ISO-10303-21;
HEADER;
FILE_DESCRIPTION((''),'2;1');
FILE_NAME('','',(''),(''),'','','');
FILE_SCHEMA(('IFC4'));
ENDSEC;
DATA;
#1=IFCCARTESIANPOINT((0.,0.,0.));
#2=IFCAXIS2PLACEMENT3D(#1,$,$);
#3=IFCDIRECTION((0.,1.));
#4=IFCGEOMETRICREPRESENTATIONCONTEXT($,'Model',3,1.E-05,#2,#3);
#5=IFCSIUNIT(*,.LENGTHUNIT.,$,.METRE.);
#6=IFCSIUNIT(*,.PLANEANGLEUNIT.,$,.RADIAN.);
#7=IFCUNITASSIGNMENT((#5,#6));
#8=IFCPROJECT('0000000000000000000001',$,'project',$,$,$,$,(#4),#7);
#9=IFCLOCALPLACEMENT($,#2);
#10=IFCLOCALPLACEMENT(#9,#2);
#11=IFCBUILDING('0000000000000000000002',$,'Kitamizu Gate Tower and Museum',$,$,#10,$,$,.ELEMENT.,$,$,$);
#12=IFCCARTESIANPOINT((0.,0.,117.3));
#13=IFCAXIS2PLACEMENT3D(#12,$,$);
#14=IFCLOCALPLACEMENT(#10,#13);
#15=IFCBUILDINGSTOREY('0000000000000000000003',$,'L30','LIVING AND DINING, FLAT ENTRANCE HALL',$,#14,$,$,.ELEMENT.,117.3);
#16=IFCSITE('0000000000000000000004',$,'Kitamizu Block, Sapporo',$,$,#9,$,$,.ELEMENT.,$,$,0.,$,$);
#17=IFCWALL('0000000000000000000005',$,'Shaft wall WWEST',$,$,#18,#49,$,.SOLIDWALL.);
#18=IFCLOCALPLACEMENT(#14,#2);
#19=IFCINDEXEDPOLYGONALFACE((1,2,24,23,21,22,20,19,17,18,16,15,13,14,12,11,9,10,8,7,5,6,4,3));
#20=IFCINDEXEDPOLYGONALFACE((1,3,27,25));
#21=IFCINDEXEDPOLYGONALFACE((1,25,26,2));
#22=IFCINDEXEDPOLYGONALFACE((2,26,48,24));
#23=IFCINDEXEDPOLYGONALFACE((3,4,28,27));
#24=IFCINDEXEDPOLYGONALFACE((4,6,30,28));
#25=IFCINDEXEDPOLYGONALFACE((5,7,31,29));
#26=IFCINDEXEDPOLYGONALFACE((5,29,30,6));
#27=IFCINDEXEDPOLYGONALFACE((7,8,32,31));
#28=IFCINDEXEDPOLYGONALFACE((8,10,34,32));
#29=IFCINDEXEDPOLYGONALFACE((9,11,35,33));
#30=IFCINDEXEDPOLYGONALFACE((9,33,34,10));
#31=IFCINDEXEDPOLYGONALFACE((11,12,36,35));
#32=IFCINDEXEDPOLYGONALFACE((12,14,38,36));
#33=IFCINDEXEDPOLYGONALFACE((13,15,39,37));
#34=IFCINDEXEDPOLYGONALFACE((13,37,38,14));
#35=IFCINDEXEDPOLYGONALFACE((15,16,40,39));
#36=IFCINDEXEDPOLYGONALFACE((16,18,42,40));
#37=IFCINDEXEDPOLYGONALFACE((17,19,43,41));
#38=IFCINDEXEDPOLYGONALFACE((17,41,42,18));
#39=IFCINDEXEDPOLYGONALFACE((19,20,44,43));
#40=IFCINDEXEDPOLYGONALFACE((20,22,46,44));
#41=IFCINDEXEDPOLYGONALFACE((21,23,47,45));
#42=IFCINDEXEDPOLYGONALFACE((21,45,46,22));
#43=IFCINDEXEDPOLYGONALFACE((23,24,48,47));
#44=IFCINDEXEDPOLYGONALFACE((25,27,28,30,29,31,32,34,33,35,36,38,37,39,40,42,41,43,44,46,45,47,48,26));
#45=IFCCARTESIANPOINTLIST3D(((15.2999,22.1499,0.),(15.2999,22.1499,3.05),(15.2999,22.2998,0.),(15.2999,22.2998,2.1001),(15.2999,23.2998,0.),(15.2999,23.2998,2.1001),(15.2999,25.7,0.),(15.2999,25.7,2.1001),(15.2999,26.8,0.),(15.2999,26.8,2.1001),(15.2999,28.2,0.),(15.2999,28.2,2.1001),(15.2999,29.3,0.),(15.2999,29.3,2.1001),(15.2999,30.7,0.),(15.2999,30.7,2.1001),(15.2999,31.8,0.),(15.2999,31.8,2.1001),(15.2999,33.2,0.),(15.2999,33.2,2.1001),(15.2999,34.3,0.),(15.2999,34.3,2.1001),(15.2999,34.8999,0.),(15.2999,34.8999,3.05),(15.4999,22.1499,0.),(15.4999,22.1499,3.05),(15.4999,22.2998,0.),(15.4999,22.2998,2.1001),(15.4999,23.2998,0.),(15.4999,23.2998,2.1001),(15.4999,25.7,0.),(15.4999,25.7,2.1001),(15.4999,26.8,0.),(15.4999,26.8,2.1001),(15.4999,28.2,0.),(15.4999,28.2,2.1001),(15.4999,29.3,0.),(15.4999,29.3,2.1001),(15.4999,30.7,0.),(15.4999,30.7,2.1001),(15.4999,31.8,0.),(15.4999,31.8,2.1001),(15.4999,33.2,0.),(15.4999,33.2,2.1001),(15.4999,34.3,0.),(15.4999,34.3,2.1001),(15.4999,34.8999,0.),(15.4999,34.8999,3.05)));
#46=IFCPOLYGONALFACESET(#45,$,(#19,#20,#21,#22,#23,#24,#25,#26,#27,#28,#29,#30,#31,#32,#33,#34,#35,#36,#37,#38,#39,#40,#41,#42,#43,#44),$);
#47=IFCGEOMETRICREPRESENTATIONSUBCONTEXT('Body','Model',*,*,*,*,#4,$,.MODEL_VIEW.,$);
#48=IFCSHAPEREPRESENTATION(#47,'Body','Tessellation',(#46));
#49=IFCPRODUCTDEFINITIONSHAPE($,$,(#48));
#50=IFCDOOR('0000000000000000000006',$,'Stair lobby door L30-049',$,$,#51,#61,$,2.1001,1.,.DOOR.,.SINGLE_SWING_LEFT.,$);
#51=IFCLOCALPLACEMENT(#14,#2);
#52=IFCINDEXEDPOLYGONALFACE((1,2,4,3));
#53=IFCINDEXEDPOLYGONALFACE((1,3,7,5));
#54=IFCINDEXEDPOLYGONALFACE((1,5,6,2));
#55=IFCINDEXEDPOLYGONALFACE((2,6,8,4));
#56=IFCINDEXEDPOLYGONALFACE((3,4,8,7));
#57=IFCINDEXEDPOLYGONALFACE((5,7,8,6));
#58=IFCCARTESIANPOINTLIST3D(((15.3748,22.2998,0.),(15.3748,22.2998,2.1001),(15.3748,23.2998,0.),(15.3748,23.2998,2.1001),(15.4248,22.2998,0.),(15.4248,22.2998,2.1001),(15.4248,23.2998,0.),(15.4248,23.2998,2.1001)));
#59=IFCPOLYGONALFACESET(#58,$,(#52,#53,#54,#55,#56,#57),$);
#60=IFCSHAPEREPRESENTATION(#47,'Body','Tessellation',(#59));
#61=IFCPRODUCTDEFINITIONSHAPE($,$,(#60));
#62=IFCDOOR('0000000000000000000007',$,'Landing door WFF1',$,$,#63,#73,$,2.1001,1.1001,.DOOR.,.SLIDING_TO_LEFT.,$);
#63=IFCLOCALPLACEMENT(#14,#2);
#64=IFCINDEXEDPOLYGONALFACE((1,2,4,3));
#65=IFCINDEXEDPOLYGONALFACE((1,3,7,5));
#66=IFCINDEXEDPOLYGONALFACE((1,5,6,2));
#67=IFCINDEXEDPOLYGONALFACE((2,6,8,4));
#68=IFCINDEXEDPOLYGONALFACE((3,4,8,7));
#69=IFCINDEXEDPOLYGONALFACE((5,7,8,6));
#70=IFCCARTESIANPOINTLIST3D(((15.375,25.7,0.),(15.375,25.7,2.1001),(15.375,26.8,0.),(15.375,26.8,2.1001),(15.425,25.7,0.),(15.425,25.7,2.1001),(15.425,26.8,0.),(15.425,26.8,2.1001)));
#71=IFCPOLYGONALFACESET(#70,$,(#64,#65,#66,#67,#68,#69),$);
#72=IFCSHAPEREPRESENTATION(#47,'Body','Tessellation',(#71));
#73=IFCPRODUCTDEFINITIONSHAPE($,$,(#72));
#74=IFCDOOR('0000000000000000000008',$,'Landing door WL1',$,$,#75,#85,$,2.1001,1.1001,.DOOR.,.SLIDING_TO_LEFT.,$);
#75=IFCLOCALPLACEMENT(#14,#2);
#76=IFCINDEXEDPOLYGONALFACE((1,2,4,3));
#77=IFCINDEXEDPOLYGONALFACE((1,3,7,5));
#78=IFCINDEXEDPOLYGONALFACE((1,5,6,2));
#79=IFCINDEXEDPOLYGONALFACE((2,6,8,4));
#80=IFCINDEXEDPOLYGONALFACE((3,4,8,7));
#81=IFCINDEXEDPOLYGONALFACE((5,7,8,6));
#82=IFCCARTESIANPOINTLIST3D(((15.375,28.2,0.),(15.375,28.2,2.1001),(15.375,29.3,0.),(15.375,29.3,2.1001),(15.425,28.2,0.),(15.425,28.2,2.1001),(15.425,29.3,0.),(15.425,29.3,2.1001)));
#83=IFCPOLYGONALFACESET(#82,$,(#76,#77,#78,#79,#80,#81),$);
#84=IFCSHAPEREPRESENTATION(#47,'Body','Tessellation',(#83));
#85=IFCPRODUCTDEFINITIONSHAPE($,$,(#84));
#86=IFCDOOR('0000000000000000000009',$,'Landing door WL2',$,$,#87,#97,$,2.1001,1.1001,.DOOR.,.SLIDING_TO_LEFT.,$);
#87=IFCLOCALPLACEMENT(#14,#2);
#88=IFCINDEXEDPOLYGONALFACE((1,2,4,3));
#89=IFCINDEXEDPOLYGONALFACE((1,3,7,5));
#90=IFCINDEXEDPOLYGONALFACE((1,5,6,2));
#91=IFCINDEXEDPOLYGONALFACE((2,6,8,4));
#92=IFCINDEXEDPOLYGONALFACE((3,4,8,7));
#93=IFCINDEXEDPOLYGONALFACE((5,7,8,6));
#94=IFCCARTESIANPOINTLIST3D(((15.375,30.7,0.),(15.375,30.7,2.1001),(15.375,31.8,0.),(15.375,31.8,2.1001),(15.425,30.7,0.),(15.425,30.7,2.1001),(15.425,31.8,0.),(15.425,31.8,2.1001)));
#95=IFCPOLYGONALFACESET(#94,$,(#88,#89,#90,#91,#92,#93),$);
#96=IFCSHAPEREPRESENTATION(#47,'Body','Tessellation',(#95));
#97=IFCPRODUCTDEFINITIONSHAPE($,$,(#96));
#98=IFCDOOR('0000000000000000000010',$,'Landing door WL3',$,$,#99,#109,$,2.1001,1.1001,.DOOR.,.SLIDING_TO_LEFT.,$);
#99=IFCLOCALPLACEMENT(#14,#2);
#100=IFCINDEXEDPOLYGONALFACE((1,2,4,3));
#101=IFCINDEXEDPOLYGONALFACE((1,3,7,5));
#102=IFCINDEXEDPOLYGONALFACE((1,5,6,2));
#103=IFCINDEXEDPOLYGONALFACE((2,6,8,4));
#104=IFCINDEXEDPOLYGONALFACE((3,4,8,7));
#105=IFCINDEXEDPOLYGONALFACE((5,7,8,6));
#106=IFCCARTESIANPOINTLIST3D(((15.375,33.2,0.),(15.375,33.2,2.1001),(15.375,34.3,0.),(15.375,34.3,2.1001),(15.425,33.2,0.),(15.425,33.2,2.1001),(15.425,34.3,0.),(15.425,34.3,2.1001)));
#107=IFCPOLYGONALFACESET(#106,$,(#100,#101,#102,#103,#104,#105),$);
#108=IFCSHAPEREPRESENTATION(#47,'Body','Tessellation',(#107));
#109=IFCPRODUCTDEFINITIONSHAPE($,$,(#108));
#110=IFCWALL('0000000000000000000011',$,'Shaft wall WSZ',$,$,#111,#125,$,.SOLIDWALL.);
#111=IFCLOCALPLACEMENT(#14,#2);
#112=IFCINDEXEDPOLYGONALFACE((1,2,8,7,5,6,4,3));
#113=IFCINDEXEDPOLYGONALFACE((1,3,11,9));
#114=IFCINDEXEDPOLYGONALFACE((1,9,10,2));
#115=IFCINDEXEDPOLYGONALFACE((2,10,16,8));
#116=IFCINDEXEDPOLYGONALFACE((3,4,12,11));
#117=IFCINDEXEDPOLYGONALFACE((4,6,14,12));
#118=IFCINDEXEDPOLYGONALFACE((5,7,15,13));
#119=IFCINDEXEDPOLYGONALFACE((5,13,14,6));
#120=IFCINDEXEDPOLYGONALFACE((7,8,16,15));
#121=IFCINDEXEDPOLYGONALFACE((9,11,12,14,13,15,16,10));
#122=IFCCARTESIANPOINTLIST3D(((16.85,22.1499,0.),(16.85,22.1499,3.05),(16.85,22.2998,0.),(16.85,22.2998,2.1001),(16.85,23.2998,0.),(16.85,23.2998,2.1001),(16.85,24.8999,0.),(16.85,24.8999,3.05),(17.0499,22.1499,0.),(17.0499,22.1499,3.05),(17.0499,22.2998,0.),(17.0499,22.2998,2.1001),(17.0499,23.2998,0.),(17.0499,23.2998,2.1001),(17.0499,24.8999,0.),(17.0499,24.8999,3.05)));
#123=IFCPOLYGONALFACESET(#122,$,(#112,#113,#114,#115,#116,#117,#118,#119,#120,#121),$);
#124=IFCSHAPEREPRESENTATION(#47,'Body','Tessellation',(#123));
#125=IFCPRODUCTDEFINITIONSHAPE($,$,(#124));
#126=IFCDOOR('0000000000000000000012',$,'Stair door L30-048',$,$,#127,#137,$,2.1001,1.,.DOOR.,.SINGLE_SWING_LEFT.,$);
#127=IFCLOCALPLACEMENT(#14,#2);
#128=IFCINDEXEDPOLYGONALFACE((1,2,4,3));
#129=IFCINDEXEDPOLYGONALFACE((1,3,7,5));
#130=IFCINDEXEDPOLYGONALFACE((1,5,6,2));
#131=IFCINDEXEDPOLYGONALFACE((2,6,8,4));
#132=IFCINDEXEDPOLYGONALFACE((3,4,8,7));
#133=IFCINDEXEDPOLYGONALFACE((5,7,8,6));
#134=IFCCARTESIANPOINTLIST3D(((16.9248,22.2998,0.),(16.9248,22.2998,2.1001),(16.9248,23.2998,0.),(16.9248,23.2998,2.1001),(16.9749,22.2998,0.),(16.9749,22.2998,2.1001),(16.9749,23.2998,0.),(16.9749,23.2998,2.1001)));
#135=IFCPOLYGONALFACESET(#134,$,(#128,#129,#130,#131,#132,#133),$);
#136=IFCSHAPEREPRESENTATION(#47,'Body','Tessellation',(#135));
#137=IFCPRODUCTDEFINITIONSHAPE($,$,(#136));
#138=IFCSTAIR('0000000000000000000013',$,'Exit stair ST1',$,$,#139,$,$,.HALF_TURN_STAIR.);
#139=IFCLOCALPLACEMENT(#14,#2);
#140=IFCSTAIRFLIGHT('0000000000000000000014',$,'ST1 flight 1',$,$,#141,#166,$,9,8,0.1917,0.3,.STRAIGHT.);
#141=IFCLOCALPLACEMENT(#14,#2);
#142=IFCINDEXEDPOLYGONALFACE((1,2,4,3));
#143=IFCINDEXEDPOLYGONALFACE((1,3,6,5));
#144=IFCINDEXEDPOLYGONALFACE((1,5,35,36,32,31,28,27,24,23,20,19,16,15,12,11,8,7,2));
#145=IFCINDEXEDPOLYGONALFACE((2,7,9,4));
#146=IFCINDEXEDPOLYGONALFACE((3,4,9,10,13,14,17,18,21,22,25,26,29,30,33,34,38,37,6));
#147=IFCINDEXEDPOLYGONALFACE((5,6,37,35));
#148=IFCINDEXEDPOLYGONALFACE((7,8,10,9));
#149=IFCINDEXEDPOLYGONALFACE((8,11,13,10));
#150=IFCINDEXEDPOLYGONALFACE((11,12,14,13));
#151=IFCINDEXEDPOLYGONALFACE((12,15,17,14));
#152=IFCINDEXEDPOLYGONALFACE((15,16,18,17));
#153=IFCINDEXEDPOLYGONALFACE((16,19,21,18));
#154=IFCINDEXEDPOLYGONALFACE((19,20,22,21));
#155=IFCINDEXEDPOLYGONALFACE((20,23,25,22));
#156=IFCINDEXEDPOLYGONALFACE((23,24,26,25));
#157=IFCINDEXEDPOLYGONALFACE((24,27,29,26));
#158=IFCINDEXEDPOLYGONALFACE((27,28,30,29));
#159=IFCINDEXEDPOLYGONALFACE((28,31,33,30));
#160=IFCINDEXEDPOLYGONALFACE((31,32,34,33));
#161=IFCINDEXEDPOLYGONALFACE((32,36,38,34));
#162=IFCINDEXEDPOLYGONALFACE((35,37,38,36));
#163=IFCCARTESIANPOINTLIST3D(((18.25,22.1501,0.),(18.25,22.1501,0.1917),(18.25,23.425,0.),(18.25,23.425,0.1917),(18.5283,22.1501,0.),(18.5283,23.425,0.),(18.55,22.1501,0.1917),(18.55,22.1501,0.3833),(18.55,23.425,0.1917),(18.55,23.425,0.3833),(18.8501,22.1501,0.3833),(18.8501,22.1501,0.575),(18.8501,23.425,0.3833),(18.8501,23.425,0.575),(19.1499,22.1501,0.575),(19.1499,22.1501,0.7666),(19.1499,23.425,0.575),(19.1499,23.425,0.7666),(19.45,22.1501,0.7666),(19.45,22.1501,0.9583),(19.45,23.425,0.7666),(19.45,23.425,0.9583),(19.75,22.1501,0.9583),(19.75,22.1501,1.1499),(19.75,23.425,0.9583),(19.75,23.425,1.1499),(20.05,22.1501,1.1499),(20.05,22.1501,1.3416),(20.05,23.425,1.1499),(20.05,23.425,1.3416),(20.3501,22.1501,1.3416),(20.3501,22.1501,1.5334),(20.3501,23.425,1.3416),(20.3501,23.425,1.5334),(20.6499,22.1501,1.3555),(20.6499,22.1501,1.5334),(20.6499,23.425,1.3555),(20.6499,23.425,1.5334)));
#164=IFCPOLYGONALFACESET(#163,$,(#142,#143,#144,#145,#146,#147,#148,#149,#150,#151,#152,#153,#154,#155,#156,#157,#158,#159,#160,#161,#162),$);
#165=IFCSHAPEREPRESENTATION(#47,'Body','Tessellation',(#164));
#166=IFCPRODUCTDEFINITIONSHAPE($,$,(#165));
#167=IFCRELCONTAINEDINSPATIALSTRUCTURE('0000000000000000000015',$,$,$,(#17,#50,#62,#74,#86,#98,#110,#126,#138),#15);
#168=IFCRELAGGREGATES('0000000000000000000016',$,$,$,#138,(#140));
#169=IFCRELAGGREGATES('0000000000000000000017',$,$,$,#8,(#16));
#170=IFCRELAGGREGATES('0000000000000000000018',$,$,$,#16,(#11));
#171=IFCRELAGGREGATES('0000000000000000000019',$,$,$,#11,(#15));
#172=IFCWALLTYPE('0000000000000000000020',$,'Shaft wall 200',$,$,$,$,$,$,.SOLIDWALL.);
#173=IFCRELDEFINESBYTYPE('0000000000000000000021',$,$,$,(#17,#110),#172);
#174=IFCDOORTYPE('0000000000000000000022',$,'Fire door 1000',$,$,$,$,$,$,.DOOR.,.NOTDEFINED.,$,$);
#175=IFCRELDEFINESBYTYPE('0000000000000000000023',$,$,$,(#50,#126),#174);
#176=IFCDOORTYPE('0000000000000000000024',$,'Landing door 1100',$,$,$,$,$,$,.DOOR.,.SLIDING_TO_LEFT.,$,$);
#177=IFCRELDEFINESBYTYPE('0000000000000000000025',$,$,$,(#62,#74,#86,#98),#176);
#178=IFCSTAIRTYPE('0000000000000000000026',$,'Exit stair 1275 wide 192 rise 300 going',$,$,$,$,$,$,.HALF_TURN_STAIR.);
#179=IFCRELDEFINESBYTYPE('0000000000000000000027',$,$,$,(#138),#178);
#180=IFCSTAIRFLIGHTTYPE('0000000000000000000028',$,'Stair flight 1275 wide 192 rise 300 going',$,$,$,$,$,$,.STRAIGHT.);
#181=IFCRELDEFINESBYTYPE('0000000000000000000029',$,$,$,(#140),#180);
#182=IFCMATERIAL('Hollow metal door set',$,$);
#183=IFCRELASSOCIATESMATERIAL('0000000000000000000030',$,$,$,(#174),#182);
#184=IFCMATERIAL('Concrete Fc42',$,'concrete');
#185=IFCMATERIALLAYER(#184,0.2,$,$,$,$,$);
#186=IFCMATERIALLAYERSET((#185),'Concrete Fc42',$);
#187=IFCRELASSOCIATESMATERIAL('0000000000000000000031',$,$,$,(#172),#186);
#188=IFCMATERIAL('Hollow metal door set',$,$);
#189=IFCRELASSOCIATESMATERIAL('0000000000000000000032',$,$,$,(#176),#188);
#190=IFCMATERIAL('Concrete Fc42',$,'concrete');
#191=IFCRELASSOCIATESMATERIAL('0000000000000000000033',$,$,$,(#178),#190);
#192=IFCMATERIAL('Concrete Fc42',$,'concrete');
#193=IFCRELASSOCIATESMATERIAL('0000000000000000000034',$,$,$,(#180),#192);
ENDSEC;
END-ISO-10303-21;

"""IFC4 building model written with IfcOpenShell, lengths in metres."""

from ifc_helpers import new_model, si_unit, direction, frame, frame_2d, origin, place, context, subcontext, project, spatial, polyline, rectangle, outline, extrude, material, layer, layer_set, type_object, element, fill, aggregate, save


model = new_model("IFC4")

# Units and contexts
model_context = context("Model", 3, precision=1e-05, world=origin(), true_north=direction((0.0, 1.0)))
body_context = subcontext(model_context, "Body", "Model", "MODEL_VIEW")
ifc_project = project(units=[si_unit("LENGTHUNIT", "METRE"), si_unit("PLANEANGLEUNIT", "RADIAN")], contexts=[model_context])

# Site, building, storey
site_placement = place(None, origin())
site = spatial("IfcSite", under=ifc_project, at=site_placement, Name="Kitamizu Block, Sapporo", CompositionType="ELEMENT", RefElevation=0.0)
building_placement = place(site_placement, origin())
building = spatial("IfcBuilding", under=site, at=building_placement, Name="Kitamizu Gate Tower and Museum", CompositionType="ELEMENT")
storey_placement = place(building_placement, frame((0.0, 0.0, 117.3)))
storey = spatial("IfcBuildingStorey", under=building, at=storey_placement, Name="L30", Description="LIVING AND DINING, FLAT ENTRANCE HALL", CompositionType="ELEMENT", Elevation=117.3)

# Shared definitions
ifc_material_1 = material(Name="Hollow metal door set")
door_type_1 = type_object("IfcDoorType", Name="Fire door 1000", OperationType="NOTDEFINED", PredefinedType="DOOR", material=ifc_material_1)

# Wall, openings, doors
ifc_material_2 = material(Name="Concrete Fc42", Category="concrete")
ifc_layer_1 = layer(ifc_material_2, 0.2)
ifc_layer_set_1 = layer_set([ifc_layer_1], Name="Concrete Fc42")
wall_type_1 = type_object("IfcWallType", Name="Shaft wall 200", PredefinedType="SOLIDWALL", material=ifc_layer_set_1)
wall_1_placement = place(storey_placement, frame((15.3999, 22.1499, 0.0), z_axis=(0.0, 0.0, 1.0), x_axis=(0.0, 1.0, 0.0)))
wall_1 = element("IfcWall", 1, at=wall_1_placement, inside=storey, type_object=wall_type_1, Name="Shaft wall WWEST", PredefinedType="SOLIDWALL", context=body_context, shape_type="SweptSolid", body=[
    extrude(rectangle(XDim=12.75, YDim=0.2, at=frame_2d((6.375, 0.0))), origin(), (0.0, 0.0, 1.0), 3.05),
])
opening_1_placement = place(wall_1_placement, frame((3.55, 0.0, 0.0)))
opening_1 = element("IfcOpeningElement", 2, at=opening_1_placement, cuts=wall_1, PredefinedType="OPENING", context=body_context, shape_type="SweptSolid", body=[
    extrude(rectangle(XDim=1.1001, YDim=2.1001, at=frame_2d((0.55, 1.05))), frame((0.0, 0.1099, 0.0), z_axis=(0.0, -1.0, 0.0), x_axis=(1.0, 0.0, 0.0)), (0.0, 0.0, 1.0), 0.22),
])
opening_2_placement = place(wall_1_placement, frame((6.05, 0.0, 0.0)))
opening_2 = element("IfcOpeningElement", 3, at=opening_2_placement, cuts=wall_1, PredefinedType="OPENING", context=body_context, shape_type="SweptSolid", body=[
    extrude(rectangle(XDim=1.1001, YDim=2.1001, at=frame_2d((0.55, 1.05))), frame((0.0, 0.1099, 0.0), z_axis=(0.0, -1.0, 0.0), x_axis=(1.0, 0.0, 0.0)), (0.0, 0.0, 1.0), 0.22),
])
opening_3_placement = place(wall_1_placement, frame((8.55, 0.0, 0.0)))
opening_3 = element("IfcOpeningElement", 4, at=opening_3_placement, cuts=wall_1, PredefinedType="OPENING", context=body_context, shape_type="SweptSolid", body=[
    extrude(rectangle(XDim=1.1001, YDim=2.1001, at=frame_2d((0.55, 1.05))), frame((0.0, 0.1099, 0.0), z_axis=(0.0, -1.0, 0.0), x_axis=(1.0, 0.0, 0.0)), (0.0, 0.0, 1.0), 0.22),
])
opening_4_placement = place(wall_1_placement, frame((11.05, 0.0, 0.0)))
opening_4 = element("IfcOpeningElement", 5, at=opening_4_placement, cuts=wall_1, PredefinedType="OPENING", context=body_context, shape_type="SweptSolid", body=[
    extrude(rectangle(XDim=1.1001, YDim=2.1001, at=frame_2d((0.55, 1.05))), frame((0.0, 0.1099, 0.0), z_axis=(0.0, -1.0, 0.0), x_axis=(1.0, 0.0, 0.0)), (0.0, 0.0, 1.0), 0.22),
])
opening_5_placement = place(wall_1_placement, frame((0.1499, 0.0, 0.0)))
opening_5 = element("IfcOpeningElement", 6, at=opening_5_placement, cuts=wall_1, PredefinedType="OPENING", context=body_context, shape_type="SweptSolid", body=[
    extrude(rectangle(XDim=1.0, YDim=2.1001, at=frame_2d((0.5, 1.05))), frame((0.0, 0.1099, 0.0), z_axis=(0.0, -1.0, 0.0), x_axis=(1.0, 0.0, 0.0)), (0.0, 0.0, 1.0), 0.22),
])
door_1_placement = place(opening_5_placement, frame((1.0, 0.0, 0.0), x_axis=(-1.0, 0.0, 0.0)))
door_1 = element("IfcDoor", 7, at=door_1_placement, inside=storey, type_object=door_type_1, Name="Stair lobby door L30-049", OperationType="SINGLE_SWING_LEFT", OverallHeight=2.1001, OverallWidth=1.0, PredefinedType="DOOR", context=body_context, shape_type="SweptSolid", body=[
    extrude(rectangle(XDim=1.0, YDim=2.1001, at=frame_2d((0.5, 1.05))), frame((0.0, 0.0249, 0.0), z_axis=(0.0, -1.0, 0.0), x_axis=(1.0, 0.0, 0.0)), (0.0, 0.0, 1.0), 0.05),
])
fill(opening_5, door_1)
ifc_material_3 = material(Name="Hollow metal door set")
door_type_2 = type_object("IfcDoorType", Name="Landing door 1100", OperationType="SLIDING_TO_LEFT", PredefinedType="DOOR", material=ifc_material_3)
door_2_placement = place(opening_1_placement, origin())
door_2 = element("IfcDoor", 8, at=door_2_placement, inside=storey, type_object=door_type_2, Name="Landing door WFF1", OperationType="SLIDING_TO_LEFT", OverallHeight=2.1001, OverallWidth=1.1001, PredefinedType="DOOR", context=body_context, shape_type="SweptSolid", body=[
    extrude(rectangle(XDim=1.1001, YDim=2.1001, at=frame_2d((0.55, 1.05))), frame((0.0, 0.0249, 0.0), z_axis=(0.0, -1.0, 0.0), x_axis=(1.0, 0.0, 0.0)), (0.0, 0.0, 1.0), 0.05),
])
fill(opening_1, door_2)
door_3_placement = place(opening_2_placement, origin())
door_3 = element("IfcDoor", 9, at=door_3_placement, inside=storey, type_object=door_type_2, Name="Landing door WL1", OperationType="SLIDING_TO_LEFT", OverallHeight=2.1001, OverallWidth=1.1001, PredefinedType="DOOR", context=body_context, shape_type="SweptSolid", body=[
    extrude(rectangle(XDim=1.1001, YDim=2.1001, at=frame_2d((0.55, 1.05))), frame((0.0, 0.0249, 0.0), z_axis=(0.0, -1.0, 0.0), x_axis=(1.0, 0.0, 0.0)), (0.0, 0.0, 1.0), 0.05),
])
fill(opening_2, door_3)
door_4_placement = place(opening_3_placement, origin())
door_4 = element("IfcDoor", 10, at=door_4_placement, inside=storey, type_object=door_type_2, Name="Landing door WL2", OperationType="SLIDING_TO_LEFT", OverallHeight=2.1001, OverallWidth=1.1001, PredefinedType="DOOR", context=body_context, shape_type="SweptSolid", body=[
    extrude(rectangle(XDim=1.1001, YDim=2.1001, at=frame_2d((0.55, 1.05))), frame((0.0, 0.0249, 0.0), z_axis=(0.0, -1.0, 0.0), x_axis=(1.0, 0.0, 0.0)), (0.0, 0.0, 1.0), 0.05),
])
fill(opening_3, door_4)
door_5_placement = place(opening_4_placement, origin())
door_5 = element("IfcDoor", 11, at=door_5_placement, inside=storey, type_object=door_type_2, Name="Landing door WL3", OperationType="SLIDING_TO_LEFT", OverallHeight=2.1001, OverallWidth=1.1001, PredefinedType="DOOR", context=body_context, shape_type="SweptSolid", body=[
    extrude(rectangle(XDim=1.1001, YDim=2.1001, at=frame_2d((0.55, 1.05))), frame((0.0, 0.0249, 0.0), z_axis=(0.0, -1.0, 0.0), x_axis=(1.0, 0.0, 0.0)), (0.0, 0.0, 1.0), 0.05),
])
fill(opening_4, door_5)

# Wall, opening, door
wall_2_placement = place(storey_placement, frame((16.95, 22.1499, 0.0), z_axis=(0.0, 0.0, 1.0), x_axis=(0.0, 1.0, 0.0)))
wall_2 = element("IfcWall", 12, at=wall_2_placement, inside=storey, type_object=wall_type_1, Name="Shaft wall WSZ", PredefinedType="SOLIDWALL", context=body_context, shape_type="SweptSolid", body=[
    extrude(rectangle(XDim=2.75, YDim=0.2, at=frame_2d((1.375, 0.0))), origin(), (0.0, 0.0, 1.0), 3.05),
])
opening_6_placement = place(wall_2_placement, frame((0.1499, 0.0, 0.0)))
opening_6 = element("IfcOpeningElement", 13, at=opening_6_placement, cuts=wall_2, PredefinedType="OPENING", context=body_context, shape_type="SweptSolid", body=[
    extrude(rectangle(XDim=1.0, YDim=2.1001, at=frame_2d((0.5, 1.05))), frame((0.0, 0.1099, 0.0), z_axis=(0.0, -1.0, 0.0), x_axis=(1.0, 0.0, 0.0)), (0.0, 0.0, 1.0), 0.22),
])
door_6_placement = place(opening_6_placement, frame((1.0, 0.0, 0.0), x_axis=(-1.0, 0.0, 0.0)))
door_6 = element("IfcDoor", 14, at=door_6_placement, inside=storey, type_object=door_type_1, Name="Stair door L30-048", OperationType="SINGLE_SWING_LEFT", OverallHeight=2.1001, OverallWidth=1.0, PredefinedType="DOOR", context=body_context, shape_type="SweptSolid", body=[
    extrude(rectangle(XDim=1.0, YDim=2.1001, at=frame_2d((0.5, 1.05))), frame((0.0, 0.0249, 0.0), z_axis=(0.0, -1.0, 0.0), x_axis=(1.0, 0.0, 0.0)), (0.0, 0.0, 1.0), 0.05),
])
fill(opening_6, door_6)

# Stair, stair flight
ifc_material_4 = material(Name="Concrete Fc42", Category="concrete")
stair_type = type_object("IfcStairType", Name="Exit stair 1275 wide 192 rise 300 going", PredefinedType="HALF_TURN_STAIR", material=ifc_material_4)
stair_placement = place(storey_placement, origin())
stair = element("IfcStair", 15, at=stair_placement, inside=storey, type_object=stair_type, Name="Exit stair ST1", PredefinedType="HALF_TURN_STAIR")
ifc_material_5 = material(Name="Concrete Fc42", Category="concrete")
stair_flight_type = type_object("IfcStairFlightType", Name="Stair flight 1275 wide 192 rise 300 going", PredefinedType="STRAIGHT", material=ifc_material_5)
stair_flight_1_placement = place(storey_placement, frame((18.25, 22.7876, 0.0), z_axis=(0.0, 0.0, 1.0), x_axis=(1.0, 0.0, 0.0)))
stair_flight_1 = element("IfcStairFlight", 16, at=stair_flight_1_placement, type_object=stair_flight_type, Name="ST1 flight 1", NumberOfRisers=9, NumberOfTreads=8, PredefinedType="STRAIGHT", RiserHeight=0.1917, TreadLength=0.3, context=body_context, shape_type="SweptSolid", body=[
    extrude(outline(polyline([(0.0, 0.0), (0.0, 0.1917), (0.3, 0.1917), (0.3, 0.3833), (0.6001, 0.3833), (0.6001, 0.575), (0.8999, 0.575), (0.8999, 0.7666), (1.2, 0.7666), (1.2, 0.9583), (1.5, 0.9583), (1.5, 1.1499), (1.8, 1.1499), (1.8, 1.3416), (2.1001, 1.3416), (2.1001, 1.5334), (2.3999, 1.5334), (2.3999, 1.7251), (2.3999, 1.3555), (0.2783, 0.0), (0.0, 0.0)])), frame((0.0, 0.6375, 0.0), z_axis=(0.0, -1.0, 0.0), x_axis=(1.0, 0.0, 0.0)), (0.0, 0.0, 1.0), 1.2749),
])
aggregate(stair, [stair_flight_1])

save(model, "model.ifc")
